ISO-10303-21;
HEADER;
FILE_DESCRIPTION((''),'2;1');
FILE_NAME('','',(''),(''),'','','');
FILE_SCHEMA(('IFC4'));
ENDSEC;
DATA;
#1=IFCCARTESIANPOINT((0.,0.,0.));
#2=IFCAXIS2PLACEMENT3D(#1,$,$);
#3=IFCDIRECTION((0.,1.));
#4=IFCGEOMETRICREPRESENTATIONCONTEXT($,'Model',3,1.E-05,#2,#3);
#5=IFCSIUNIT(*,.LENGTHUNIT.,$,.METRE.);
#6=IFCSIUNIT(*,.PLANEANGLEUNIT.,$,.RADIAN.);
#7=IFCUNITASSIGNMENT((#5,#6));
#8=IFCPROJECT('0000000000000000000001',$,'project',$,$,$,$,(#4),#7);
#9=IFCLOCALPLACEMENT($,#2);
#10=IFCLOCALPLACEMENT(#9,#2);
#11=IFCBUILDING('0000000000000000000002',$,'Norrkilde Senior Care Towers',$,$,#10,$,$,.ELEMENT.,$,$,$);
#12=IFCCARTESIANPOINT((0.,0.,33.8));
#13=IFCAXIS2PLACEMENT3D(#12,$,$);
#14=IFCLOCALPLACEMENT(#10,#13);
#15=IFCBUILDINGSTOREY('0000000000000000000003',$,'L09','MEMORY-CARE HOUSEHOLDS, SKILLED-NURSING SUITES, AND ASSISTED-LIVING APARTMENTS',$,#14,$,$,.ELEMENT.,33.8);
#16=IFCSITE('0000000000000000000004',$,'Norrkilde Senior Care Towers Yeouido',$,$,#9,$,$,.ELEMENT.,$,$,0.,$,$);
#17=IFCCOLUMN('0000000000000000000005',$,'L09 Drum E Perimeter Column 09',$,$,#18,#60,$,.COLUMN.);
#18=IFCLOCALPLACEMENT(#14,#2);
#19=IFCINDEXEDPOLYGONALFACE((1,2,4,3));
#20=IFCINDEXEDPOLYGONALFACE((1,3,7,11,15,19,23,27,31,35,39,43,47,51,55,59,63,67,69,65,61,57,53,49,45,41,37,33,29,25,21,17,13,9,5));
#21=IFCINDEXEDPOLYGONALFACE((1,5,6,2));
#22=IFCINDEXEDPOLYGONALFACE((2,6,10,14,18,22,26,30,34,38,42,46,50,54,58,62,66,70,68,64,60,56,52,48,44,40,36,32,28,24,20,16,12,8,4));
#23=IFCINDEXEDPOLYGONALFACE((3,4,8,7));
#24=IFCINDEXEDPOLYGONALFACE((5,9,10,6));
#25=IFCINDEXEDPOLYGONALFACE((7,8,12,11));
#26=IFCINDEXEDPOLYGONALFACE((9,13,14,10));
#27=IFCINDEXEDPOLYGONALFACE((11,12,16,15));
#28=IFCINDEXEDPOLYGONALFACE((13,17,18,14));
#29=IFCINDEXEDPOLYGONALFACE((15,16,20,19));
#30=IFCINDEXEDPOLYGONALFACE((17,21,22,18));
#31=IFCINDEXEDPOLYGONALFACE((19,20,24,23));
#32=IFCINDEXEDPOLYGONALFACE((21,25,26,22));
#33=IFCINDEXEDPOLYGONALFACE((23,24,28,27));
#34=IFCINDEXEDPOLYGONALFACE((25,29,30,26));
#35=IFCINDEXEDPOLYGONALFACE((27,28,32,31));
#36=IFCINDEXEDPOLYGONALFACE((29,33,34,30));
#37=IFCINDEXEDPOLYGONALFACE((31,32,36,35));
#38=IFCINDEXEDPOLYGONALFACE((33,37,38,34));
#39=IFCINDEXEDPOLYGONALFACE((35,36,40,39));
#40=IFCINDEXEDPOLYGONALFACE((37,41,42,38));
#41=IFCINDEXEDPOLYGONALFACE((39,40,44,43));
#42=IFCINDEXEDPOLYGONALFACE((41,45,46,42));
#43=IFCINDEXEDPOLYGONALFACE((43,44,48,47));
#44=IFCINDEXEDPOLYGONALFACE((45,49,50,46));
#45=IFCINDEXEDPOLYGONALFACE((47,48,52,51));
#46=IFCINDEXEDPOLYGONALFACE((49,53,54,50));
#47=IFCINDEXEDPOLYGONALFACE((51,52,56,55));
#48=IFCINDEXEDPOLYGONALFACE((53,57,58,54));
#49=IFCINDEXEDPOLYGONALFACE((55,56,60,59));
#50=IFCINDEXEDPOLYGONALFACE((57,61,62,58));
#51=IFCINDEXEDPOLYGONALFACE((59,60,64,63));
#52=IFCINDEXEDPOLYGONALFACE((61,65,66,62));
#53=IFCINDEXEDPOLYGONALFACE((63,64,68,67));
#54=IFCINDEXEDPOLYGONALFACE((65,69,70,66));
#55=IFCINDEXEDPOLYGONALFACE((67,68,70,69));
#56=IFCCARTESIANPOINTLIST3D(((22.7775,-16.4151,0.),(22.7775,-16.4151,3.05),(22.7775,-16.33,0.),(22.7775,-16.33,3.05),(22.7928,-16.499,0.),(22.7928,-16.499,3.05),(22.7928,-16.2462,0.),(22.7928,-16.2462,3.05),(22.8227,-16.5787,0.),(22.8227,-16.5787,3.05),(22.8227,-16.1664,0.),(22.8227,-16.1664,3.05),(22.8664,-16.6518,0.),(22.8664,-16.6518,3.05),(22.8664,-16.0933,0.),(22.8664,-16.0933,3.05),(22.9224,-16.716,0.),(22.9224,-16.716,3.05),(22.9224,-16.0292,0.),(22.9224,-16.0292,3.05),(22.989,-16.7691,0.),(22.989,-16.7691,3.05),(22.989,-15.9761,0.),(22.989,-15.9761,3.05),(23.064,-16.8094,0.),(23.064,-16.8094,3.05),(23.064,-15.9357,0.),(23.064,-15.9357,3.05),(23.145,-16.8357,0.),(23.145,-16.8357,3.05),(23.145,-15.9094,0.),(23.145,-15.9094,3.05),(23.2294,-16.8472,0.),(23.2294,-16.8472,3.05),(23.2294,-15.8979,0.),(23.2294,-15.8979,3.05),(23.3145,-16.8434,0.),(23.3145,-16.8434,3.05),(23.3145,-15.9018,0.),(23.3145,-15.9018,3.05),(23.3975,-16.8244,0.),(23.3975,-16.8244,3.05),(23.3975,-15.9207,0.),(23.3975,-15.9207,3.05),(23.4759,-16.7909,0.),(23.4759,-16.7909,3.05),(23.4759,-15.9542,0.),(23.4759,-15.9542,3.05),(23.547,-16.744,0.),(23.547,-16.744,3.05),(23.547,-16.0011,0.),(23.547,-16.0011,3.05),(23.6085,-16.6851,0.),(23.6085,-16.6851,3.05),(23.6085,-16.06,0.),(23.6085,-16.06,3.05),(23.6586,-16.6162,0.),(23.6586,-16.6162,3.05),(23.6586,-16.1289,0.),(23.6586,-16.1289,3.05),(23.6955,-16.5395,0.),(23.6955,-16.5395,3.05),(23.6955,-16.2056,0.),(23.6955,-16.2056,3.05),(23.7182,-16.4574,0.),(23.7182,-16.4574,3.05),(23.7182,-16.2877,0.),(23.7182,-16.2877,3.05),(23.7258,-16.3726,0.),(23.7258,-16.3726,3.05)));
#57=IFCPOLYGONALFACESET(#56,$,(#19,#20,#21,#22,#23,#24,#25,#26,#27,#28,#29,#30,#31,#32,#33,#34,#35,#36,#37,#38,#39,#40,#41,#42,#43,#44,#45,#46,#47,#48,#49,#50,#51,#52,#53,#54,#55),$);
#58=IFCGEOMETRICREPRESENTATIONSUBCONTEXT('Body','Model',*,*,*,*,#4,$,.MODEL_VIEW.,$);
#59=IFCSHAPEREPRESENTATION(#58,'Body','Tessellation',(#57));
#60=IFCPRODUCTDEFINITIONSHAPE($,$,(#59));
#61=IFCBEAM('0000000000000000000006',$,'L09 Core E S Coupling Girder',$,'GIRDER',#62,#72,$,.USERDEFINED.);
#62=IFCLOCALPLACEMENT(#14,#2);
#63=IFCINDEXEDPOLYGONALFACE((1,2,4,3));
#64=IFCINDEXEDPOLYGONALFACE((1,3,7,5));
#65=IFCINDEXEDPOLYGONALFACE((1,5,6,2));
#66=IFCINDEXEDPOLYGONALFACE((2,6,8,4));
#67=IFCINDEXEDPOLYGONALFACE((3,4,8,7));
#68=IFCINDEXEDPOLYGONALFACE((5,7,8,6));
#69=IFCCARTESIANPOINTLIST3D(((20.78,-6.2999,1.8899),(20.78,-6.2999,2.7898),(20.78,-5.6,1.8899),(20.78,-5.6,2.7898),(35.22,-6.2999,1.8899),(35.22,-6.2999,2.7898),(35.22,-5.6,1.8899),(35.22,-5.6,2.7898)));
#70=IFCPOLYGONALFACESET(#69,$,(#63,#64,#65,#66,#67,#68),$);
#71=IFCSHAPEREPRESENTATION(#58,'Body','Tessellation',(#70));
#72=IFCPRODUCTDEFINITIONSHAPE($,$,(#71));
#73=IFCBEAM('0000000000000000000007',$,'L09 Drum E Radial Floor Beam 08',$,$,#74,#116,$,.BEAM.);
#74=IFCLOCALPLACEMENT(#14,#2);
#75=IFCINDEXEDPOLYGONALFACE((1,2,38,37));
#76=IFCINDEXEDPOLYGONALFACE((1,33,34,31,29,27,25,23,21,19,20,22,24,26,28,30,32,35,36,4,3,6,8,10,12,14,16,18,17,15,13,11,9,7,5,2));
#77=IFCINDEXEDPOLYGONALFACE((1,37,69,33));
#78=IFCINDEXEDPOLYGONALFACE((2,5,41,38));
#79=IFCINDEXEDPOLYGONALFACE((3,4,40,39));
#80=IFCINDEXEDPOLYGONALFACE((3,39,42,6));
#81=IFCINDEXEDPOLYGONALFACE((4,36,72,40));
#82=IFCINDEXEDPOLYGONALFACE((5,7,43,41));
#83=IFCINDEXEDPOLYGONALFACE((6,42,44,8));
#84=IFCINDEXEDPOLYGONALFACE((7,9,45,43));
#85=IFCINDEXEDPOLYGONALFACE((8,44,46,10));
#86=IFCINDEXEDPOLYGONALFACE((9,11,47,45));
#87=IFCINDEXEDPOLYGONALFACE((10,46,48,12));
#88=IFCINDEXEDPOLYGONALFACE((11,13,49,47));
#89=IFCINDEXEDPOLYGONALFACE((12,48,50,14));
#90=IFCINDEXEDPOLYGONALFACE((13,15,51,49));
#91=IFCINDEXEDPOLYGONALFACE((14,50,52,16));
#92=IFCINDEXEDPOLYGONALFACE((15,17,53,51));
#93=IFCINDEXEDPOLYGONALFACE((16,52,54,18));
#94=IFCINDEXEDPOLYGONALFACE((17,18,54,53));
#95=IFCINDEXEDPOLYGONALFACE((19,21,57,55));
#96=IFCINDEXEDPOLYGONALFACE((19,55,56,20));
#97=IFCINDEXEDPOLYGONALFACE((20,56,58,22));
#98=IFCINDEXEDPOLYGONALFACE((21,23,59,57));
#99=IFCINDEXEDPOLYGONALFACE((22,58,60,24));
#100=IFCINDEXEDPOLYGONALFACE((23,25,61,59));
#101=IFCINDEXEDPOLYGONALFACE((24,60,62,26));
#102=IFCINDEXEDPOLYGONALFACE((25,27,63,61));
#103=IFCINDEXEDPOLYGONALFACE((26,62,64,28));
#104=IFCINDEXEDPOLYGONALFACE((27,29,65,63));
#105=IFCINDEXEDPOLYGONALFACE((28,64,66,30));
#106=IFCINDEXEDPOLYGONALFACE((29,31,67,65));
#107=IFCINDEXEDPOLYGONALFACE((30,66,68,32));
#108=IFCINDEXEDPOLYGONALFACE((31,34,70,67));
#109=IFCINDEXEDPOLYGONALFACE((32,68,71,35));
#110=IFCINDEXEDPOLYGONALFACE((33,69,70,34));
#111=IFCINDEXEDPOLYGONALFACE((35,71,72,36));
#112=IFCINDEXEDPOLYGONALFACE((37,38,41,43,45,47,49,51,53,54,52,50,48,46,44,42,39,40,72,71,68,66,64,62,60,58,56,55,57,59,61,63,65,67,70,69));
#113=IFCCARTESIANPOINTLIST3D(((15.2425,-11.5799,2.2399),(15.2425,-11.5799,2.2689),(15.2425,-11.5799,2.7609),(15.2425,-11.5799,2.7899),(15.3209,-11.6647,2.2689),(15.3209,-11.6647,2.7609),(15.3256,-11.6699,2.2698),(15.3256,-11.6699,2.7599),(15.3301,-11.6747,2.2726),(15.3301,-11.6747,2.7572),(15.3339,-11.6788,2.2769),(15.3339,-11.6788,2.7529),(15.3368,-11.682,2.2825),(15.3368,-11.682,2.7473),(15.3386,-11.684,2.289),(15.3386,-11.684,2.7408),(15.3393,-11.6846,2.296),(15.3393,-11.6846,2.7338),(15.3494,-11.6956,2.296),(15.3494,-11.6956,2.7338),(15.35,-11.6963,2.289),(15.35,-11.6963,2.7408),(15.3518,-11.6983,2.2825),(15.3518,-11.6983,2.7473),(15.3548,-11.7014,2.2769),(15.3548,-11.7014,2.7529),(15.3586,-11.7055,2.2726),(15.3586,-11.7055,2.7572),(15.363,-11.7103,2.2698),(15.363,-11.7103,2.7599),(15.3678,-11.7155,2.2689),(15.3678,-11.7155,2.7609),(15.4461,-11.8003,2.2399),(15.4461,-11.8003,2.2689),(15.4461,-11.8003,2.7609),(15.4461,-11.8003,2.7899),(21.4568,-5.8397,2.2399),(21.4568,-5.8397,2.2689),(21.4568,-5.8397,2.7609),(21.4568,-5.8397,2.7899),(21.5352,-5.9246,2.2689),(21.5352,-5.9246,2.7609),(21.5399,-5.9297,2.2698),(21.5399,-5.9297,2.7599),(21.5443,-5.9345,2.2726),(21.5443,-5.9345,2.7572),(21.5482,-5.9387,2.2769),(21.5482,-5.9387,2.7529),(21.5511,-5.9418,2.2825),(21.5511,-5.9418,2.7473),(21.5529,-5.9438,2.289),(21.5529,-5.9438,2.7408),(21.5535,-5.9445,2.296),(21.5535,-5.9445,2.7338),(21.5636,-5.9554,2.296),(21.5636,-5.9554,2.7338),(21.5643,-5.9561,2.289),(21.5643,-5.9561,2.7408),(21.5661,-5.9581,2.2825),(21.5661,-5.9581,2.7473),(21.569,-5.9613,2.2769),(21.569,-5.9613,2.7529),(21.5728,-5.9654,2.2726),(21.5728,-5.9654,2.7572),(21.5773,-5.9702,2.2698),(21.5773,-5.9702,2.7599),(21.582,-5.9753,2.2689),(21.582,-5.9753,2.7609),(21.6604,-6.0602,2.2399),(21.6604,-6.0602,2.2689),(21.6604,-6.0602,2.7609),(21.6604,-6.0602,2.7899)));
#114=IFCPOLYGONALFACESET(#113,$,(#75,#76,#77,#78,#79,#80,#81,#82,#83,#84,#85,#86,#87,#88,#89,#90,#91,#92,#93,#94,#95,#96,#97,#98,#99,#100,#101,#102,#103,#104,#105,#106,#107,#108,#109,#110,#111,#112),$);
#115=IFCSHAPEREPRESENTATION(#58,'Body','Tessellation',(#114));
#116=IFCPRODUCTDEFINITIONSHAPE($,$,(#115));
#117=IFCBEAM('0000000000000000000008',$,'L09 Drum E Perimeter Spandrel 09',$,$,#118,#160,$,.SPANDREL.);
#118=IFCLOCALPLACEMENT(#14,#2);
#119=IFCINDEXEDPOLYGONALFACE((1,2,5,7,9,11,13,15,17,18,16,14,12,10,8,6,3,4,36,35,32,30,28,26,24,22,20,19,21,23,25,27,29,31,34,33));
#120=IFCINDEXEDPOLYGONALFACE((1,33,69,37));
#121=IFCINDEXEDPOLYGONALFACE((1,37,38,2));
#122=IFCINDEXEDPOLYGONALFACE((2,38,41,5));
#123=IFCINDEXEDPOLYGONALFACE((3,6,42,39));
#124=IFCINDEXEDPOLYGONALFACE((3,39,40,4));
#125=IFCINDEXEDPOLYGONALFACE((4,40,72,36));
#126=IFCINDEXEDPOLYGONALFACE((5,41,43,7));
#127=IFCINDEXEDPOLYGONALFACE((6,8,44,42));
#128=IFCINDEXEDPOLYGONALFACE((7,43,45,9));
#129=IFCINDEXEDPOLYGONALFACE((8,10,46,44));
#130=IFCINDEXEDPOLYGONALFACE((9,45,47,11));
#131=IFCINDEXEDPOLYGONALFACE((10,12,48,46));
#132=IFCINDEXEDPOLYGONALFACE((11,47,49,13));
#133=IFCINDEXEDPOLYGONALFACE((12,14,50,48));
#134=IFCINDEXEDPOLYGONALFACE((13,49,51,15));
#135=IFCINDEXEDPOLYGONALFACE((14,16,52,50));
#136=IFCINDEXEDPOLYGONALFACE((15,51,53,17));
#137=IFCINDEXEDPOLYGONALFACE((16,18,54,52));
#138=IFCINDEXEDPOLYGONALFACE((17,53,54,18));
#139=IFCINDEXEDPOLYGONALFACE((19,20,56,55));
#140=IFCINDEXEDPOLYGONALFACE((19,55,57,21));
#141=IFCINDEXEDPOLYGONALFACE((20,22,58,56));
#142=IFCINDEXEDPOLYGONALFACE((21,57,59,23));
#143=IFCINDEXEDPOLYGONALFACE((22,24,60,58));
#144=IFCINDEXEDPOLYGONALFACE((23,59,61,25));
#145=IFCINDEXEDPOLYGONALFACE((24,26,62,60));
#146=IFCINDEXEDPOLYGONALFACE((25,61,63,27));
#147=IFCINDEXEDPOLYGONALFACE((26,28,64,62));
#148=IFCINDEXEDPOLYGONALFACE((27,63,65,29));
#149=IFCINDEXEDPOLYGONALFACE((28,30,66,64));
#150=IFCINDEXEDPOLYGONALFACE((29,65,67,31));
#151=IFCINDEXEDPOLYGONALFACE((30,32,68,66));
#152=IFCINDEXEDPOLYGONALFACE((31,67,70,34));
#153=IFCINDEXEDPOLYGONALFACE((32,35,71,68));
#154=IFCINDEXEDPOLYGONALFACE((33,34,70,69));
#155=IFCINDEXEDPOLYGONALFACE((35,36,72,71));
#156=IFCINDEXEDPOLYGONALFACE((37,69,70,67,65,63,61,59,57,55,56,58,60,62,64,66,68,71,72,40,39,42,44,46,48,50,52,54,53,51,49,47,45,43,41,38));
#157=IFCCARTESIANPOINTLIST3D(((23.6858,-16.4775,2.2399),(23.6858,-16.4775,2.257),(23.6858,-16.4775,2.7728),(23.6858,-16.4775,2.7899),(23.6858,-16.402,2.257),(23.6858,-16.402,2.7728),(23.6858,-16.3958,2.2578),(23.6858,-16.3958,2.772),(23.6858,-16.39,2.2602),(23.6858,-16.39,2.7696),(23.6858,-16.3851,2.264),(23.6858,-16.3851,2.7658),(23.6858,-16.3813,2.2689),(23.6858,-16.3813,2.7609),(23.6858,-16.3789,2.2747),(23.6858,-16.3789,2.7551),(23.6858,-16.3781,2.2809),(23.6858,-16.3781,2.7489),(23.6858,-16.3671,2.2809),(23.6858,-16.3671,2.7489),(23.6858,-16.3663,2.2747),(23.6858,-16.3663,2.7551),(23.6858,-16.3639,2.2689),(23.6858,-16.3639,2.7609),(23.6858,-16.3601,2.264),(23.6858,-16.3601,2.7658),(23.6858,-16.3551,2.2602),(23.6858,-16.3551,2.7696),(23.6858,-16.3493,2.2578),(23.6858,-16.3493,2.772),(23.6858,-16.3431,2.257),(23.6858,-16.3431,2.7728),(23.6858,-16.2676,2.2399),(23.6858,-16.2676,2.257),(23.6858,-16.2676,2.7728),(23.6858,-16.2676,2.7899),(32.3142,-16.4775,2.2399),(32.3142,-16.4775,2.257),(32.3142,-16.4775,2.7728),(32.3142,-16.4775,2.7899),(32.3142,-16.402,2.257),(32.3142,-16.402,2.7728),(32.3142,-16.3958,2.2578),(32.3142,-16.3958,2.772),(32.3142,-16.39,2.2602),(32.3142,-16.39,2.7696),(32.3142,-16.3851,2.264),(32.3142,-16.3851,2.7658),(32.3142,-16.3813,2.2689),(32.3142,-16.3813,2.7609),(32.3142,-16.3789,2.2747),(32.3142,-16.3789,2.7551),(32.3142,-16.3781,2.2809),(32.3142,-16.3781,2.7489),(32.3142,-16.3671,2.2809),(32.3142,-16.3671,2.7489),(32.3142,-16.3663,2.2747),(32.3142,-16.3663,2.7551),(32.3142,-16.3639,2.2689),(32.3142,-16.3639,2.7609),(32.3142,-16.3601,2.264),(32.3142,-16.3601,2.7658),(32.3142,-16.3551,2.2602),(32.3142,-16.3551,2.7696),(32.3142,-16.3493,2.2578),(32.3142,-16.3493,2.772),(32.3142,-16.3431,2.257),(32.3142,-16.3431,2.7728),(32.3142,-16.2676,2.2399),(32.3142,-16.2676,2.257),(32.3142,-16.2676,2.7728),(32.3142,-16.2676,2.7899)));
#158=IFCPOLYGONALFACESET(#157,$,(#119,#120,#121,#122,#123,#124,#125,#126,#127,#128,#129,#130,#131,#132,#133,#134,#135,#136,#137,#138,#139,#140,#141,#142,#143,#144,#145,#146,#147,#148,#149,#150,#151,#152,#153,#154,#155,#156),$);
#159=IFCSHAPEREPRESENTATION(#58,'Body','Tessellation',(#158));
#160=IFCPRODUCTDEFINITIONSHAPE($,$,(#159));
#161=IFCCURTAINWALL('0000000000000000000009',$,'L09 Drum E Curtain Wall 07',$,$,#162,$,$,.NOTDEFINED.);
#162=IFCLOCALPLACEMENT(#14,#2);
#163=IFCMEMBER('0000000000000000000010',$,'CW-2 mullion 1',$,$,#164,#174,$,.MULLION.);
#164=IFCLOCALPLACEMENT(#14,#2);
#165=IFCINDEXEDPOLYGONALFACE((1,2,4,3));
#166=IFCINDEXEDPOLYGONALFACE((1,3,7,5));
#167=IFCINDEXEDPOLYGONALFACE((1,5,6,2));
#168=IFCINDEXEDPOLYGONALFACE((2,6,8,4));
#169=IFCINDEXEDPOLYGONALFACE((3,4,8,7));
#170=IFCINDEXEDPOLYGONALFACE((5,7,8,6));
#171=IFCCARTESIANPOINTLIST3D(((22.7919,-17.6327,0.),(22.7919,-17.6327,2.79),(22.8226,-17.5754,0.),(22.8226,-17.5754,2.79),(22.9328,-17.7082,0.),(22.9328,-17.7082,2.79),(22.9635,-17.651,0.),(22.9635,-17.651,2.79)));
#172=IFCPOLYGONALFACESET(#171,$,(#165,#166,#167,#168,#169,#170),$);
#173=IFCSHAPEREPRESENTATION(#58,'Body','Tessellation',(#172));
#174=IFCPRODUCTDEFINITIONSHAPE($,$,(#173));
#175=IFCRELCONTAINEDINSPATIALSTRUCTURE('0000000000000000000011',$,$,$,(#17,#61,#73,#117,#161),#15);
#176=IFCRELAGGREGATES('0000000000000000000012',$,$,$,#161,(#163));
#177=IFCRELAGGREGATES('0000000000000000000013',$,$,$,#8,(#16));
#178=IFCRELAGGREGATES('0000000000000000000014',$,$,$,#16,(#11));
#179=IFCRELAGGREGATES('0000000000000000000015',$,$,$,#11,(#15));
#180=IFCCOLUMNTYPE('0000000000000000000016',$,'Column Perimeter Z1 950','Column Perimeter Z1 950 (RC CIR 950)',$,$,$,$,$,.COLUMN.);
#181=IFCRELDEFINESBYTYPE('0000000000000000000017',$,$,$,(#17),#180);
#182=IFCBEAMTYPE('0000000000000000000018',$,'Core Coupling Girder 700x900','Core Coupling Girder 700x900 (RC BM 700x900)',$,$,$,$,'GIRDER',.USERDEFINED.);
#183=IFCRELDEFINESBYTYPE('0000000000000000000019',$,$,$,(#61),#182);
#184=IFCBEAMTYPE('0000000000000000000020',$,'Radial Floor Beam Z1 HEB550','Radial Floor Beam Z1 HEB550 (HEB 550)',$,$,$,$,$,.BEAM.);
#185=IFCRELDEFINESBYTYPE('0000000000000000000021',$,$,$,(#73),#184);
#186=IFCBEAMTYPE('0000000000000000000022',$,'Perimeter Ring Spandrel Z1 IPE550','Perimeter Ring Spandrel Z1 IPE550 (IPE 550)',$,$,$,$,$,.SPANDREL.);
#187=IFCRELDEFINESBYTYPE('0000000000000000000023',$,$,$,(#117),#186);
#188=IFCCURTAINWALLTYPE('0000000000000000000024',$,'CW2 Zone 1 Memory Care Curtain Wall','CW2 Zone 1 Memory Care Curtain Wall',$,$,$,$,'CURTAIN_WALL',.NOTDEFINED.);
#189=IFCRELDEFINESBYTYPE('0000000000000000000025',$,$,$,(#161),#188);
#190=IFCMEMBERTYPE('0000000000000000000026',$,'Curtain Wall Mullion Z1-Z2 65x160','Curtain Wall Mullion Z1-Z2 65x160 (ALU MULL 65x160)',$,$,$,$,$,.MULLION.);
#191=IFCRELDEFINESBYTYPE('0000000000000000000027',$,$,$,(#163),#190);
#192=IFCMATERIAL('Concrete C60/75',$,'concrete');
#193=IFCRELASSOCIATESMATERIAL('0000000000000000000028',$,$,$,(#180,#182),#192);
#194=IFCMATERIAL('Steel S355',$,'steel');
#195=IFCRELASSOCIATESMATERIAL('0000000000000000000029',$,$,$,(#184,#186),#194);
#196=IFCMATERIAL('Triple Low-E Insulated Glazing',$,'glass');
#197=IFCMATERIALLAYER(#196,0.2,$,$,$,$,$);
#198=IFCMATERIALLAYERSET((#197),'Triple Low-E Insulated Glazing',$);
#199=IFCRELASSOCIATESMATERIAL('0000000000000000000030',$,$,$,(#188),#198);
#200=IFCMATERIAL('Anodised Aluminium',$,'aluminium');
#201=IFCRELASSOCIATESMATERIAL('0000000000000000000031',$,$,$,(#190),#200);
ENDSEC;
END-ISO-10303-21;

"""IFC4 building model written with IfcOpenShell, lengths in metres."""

from ifc_helpers import new_model, si_unit, direction, frame, origin, origin_2d, place, context, subcontext, project, spatial, rectangle, circle, i_section, extrude, source, transform, mapped, material, layer, layer_set, material_profile, profile_set, type_object, type_shapes, element, aggregate, save


model = new_model("IFC4")

# Units and contexts
model_context = context("Model", 3, precision=1e-05, world=origin(), true_north=direction((0.0, 1.0)))
body_context = subcontext(model_context, "Body", "Model", "MODEL_VIEW")
ifc_project = project(units=[si_unit("LENGTHUNIT", "METRE"), si_unit("PLANEANGLEUNIT", "RADIAN")], contexts=[model_context])

# Site, building, storey
site_placement = place(None, origin())
site = spatial("IfcSite", under=ifc_project, at=site_placement, Name="Norrkilde Senior Care Towers Yeouido", CompositionType="ELEMENT", RefElevation=0.0)
building_placement = place(site_placement, origin())
building = spatial("IfcBuilding", under=site, at=building_placement, Name="Norrkilde Senior Care Towers", CompositionType="ELEMENT")
storey_placement = place(building_placement, frame((0.0, 0.0, 33.8)))
storey = spatial("IfcBuildingStorey", under=building, at=storey_placement, Name="L09", Description="MEMORY-CARE HOUSEHOLDS, SKILLED-NURSING SUITES, AND ASSISTED-LIVING APARTMENTS", CompositionType="ELEMENT", Elevation=33.8)

# Column
ifc_material_1 = material(Name="Concrete C60/75", Category="concrete")
ifc_material_profile_1 = material_profile(ifc_material_1, circle(Radius=0.4751, at=origin_2d()), Name="RC CIR 950")
ifc_profile_set_1 = profile_set([ifc_material_profile_1], Name="Concrete C60/75")
column_type = type_object("IfcColumnType", Name="Column Perimeter Z1 950", Description="Column Perimeter Z1 950 (RC CIR 950)", PredefinedType="COLUMN", material=ifc_profile_set_1)
shared_shape_1 = source(origin(), body_context, "Body", "SweptSolid", [
    extrude(circle(Radius=0.4751, at=origin_2d()), origin(), (0.0, 0.0, 1.0), 3.05),
])
type_shapes(column_type, [shared_shape_1])
column_placement = place(storey_placement, frame((23.2507, -16.3726, 0.0), z_axis=(0.0, 0.0, 1.0), x_axis=(1.0, 0.0, 0.0)))
element("IfcColumn", 1, at=column_placement, inside=storey, type_object=column_type, Name="L09 Drum E Perimeter Column 09", PredefinedType="COLUMN", context=body_context, shape_type="MappedRepresentation", body=[
    mapped(shared_shape_1, transform((0.0, 0.0, 0.0), x_axis=(1.0, 0.0, 0.0), y_axis=(0.0, 1.0, 0.0), z_axis=(0.0, 0.0, 1.0), scale=1.0)),
])

# Beams
ifc_material_profile_2 = material_profile(ifc_material_1, rectangle(XDim=0.7, YDim=0.8999, at=origin_2d()), Name="RC BM 700x900")
ifc_profile_set_2 = profile_set([ifc_material_profile_2], Name="Concrete C60/75")
beam_type_1 = type_object("IfcBeamType", Name="Core Coupling Girder 700x900", Description="Core Coupling Girder 700x900 (RC BM 700x900)", ElementType="GIRDER", PredefinedType="USERDEFINED", material=ifc_profile_set_2)
shared_shape_2 = source(origin(), body_context, "Body", "SweptSolid", [
    extrude(rectangle(XDim=0.7, YDim=0.8999, at=origin_2d()), origin(), (0.0, 0.0, 1.0), 14.4399),
])
type_shapes(beam_type_1, [shared_shape_2])
beam_1_placement = place(storey_placement, frame((20.78, -5.95, 2.3398), z_axis=(1.0, 0.0, 0.0), x_axis=(0.0, 1.0, 0.0)))
element("IfcBeam", 2, at=beam_1_placement, inside=storey, type_object=beam_type_1, Name="L09 Core E S Coupling Girder", ObjectType="GIRDER", PredefinedType="USERDEFINED", context=body_context, shape_type="MappedRepresentation", body=[
    mapped(shared_shape_2, transform((0.0, 0.0, 0.0), x_axis=(1.0, 0.0, 0.0), y_axis=(0.0, 1.0, 0.0), z_axis=(0.0, 0.0, 1.0), scale=1.0)),
])
ifc_material_2 = material(Name="Steel S355", Category="steel")
ifc_material_profile_3 = material_profile(ifc_material_2, i_section(OverallWidth=0.3, OverallDepth=0.55, WebThickness=0.0149, FlangeThickness=0.0291, FilletRadius=0.0271, at=origin_2d()), Name="HEB 550")
ifc_profile_set_3 = profile_set([ifc_material_profile_3], Name="Steel S355")
beam_type_2 = type_object("IfcBeamType", Name="Radial Floor Beam Z1 HEB550", Description="Radial Floor Beam Z1 HEB550 (HEB 550)", PredefinedType="BEAM", material=ifc_profile_set_3)
shared_shape_3 = source(origin(), body_context, "Body", "SweptSolid", [
    extrude(i_section(OverallWidth=0.3, OverallDepth=0.55, WebThickness=0.0149, FlangeThickness=0.0291, FilletRadius=0.0271, at=origin_2d()), origin(), (0.0, 0.0, 1.0), 8.4597),
])
type_shapes(beam_type_2, [shared_shape_3])
beam_2_placement = place(storey_placement, frame((21.5586, -5.95, 2.5149), z_axis=(-0.734573, -0.678529, 0.0), x_axis=(0.678529, -0.734573, 0.0)))
element("IfcBeam", 3, at=beam_2_placement, inside=storey, type_object=beam_type_2, Name="L09 Drum E Radial Floor Beam 08", PredefinedType="BEAM", context=body_context, shape_type="MappedRepresentation", body=[
    mapped(shared_shape_3, transform((0.0, 0.0, 0.0), x_axis=(1.0, 0.0, 0.0), y_axis=(0.0, 1.0, 0.0), z_axis=(0.0, 0.0, 1.0), scale=1.0)),
])
ifc_material_profile_4 = material_profile(ifc_material_2, i_section(OverallWidth=0.21, OverallDepth=0.55, WebThickness=0.011, FlangeThickness=0.0171, FilletRadius=0.0239, at=origin_2d()), Name="IPE 550")
ifc_profile_set_4 = profile_set([ifc_material_profile_4], Name="Steel S355")
beam_type_3 = type_object("IfcBeamType", Name="Perimeter Ring Spandrel Z1 IPE550", Description="Perimeter Ring Spandrel Z1 IPE550 (IPE 550)", PredefinedType="SPANDREL", material=ifc_profile_set_4)
shared_shape_4 = source(origin(), body_context, "Body", "SweptSolid", [
    extrude(i_section(OverallWidth=0.21, OverallDepth=0.55, WebThickness=0.011, FlangeThickness=0.0171, FilletRadius=0.0239, at=origin_2d()), origin(), (0.0, 0.0, 1.0), 8.6284),
])
type_shapes(beam_type_3, [shared_shape_4])
beam_3_placement = place(storey_placement, frame((23.6858, -16.3726, 2.5149), z_axis=(1.0, 0.0, 0.0), x_axis=(0.0, 1.0, 0.0)))
element("IfcBeam", 4, at=beam_3_placement, inside=storey, type_object=beam_type_3, Name="L09 Drum E Perimeter Spandrel 09", PredefinedType="SPANDREL", context=body_context, shape_type="MappedRepresentation", body=[
    mapped(shared_shape_4, transform((0.0, 0.0, 0.0), x_axis=(1.0, 0.0, 0.0), y_axis=(0.0, 1.0, 0.0), z_axis=(0.0, 0.0, 1.0), scale=1.0)),
])

# Curtain wall, member
ifc_material_3 = material(Name="Triple Low-E Insulated Glazing", Category="glass")
ifc_layer_1 = layer(ifc_material_3, 0.2)
ifc_layer_set_1 = layer_set([ifc_layer_1], Name="Triple Low-E Insulated Glazing")
curtain_wall_type = type_object("IfcCurtainWallType", Name="CW2 Zone 1 Memory Care Curtain Wall", Description="CW2 Zone 1 Memory Care Curtain Wall", ElementType="CURTAIN_WALL", PredefinedType="NOTDEFINED", material=ifc_layer_set_1)
curtain_wall_1_placement = place(storey_placement, origin())
curtain_wall_1 = element("IfcCurtainWall", 5, at=curtain_wall_1_placement, inside=storey, type_object=curtain_wall_type, Name="L09 Drum E Curtain Wall 07", PredefinedType="NOTDEFINED")
ifc_material_4 = material(Name="Anodised Aluminium", Category="aluminium")
ifc_material_profile_5 = material_profile(ifc_material_4, rectangle(XDim=0.0649, YDim=0.1599, at=origin_2d()), Name="ALU MULL 65x160")
ifc_profile_set_5 = profile_set([ifc_material_profile_5], Name="Anodised Aluminium")
member_type_1 = type_object("IfcMemberType", Name="Curtain Wall Mullion Z1-Z2 65x160", Description="Curtain Wall Mullion Z1-Z2 65x160 (ALU MULL 65x160)", PredefinedType="MULLION", material=ifc_profile_set_5)
shared_shape_5 = source(origin(), body_context, "Body", "SweptSolid", [
    extrude(rectangle(XDim=0.0649, YDim=0.1599, at=origin_2d()), origin(), (0.0, 0.0, 1.0), 2.79),
])
type_shapes(member_type_1, [shared_shape_5])
member_1_placement = place(storey_placement, frame((22.8777, -17.6418, 0.0), z_axis=(0.0, 0.0, 1.0), x_axis=(-0.472608, -0.881273, 0.0)))
member_1 = element("IfcMember", 6, at=member_1_placement, type_object=member_type_1, Name="CW-2 mullion 1", PredefinedType="MULLION", context=body_context, shape_type="MappedRepresentation", body=[
    mapped(shared_shape_5, transform((0.0, 0.0, 0.0), x_axis=(1.0, 0.0, 0.0), y_axis=(0.0, 1.0, 0.0), z_axis=(0.0, 0.0, 1.0), scale=1.0)),
])

aggregate(curtain_wall_1, [member_1])

save(model, "model.ifc")
